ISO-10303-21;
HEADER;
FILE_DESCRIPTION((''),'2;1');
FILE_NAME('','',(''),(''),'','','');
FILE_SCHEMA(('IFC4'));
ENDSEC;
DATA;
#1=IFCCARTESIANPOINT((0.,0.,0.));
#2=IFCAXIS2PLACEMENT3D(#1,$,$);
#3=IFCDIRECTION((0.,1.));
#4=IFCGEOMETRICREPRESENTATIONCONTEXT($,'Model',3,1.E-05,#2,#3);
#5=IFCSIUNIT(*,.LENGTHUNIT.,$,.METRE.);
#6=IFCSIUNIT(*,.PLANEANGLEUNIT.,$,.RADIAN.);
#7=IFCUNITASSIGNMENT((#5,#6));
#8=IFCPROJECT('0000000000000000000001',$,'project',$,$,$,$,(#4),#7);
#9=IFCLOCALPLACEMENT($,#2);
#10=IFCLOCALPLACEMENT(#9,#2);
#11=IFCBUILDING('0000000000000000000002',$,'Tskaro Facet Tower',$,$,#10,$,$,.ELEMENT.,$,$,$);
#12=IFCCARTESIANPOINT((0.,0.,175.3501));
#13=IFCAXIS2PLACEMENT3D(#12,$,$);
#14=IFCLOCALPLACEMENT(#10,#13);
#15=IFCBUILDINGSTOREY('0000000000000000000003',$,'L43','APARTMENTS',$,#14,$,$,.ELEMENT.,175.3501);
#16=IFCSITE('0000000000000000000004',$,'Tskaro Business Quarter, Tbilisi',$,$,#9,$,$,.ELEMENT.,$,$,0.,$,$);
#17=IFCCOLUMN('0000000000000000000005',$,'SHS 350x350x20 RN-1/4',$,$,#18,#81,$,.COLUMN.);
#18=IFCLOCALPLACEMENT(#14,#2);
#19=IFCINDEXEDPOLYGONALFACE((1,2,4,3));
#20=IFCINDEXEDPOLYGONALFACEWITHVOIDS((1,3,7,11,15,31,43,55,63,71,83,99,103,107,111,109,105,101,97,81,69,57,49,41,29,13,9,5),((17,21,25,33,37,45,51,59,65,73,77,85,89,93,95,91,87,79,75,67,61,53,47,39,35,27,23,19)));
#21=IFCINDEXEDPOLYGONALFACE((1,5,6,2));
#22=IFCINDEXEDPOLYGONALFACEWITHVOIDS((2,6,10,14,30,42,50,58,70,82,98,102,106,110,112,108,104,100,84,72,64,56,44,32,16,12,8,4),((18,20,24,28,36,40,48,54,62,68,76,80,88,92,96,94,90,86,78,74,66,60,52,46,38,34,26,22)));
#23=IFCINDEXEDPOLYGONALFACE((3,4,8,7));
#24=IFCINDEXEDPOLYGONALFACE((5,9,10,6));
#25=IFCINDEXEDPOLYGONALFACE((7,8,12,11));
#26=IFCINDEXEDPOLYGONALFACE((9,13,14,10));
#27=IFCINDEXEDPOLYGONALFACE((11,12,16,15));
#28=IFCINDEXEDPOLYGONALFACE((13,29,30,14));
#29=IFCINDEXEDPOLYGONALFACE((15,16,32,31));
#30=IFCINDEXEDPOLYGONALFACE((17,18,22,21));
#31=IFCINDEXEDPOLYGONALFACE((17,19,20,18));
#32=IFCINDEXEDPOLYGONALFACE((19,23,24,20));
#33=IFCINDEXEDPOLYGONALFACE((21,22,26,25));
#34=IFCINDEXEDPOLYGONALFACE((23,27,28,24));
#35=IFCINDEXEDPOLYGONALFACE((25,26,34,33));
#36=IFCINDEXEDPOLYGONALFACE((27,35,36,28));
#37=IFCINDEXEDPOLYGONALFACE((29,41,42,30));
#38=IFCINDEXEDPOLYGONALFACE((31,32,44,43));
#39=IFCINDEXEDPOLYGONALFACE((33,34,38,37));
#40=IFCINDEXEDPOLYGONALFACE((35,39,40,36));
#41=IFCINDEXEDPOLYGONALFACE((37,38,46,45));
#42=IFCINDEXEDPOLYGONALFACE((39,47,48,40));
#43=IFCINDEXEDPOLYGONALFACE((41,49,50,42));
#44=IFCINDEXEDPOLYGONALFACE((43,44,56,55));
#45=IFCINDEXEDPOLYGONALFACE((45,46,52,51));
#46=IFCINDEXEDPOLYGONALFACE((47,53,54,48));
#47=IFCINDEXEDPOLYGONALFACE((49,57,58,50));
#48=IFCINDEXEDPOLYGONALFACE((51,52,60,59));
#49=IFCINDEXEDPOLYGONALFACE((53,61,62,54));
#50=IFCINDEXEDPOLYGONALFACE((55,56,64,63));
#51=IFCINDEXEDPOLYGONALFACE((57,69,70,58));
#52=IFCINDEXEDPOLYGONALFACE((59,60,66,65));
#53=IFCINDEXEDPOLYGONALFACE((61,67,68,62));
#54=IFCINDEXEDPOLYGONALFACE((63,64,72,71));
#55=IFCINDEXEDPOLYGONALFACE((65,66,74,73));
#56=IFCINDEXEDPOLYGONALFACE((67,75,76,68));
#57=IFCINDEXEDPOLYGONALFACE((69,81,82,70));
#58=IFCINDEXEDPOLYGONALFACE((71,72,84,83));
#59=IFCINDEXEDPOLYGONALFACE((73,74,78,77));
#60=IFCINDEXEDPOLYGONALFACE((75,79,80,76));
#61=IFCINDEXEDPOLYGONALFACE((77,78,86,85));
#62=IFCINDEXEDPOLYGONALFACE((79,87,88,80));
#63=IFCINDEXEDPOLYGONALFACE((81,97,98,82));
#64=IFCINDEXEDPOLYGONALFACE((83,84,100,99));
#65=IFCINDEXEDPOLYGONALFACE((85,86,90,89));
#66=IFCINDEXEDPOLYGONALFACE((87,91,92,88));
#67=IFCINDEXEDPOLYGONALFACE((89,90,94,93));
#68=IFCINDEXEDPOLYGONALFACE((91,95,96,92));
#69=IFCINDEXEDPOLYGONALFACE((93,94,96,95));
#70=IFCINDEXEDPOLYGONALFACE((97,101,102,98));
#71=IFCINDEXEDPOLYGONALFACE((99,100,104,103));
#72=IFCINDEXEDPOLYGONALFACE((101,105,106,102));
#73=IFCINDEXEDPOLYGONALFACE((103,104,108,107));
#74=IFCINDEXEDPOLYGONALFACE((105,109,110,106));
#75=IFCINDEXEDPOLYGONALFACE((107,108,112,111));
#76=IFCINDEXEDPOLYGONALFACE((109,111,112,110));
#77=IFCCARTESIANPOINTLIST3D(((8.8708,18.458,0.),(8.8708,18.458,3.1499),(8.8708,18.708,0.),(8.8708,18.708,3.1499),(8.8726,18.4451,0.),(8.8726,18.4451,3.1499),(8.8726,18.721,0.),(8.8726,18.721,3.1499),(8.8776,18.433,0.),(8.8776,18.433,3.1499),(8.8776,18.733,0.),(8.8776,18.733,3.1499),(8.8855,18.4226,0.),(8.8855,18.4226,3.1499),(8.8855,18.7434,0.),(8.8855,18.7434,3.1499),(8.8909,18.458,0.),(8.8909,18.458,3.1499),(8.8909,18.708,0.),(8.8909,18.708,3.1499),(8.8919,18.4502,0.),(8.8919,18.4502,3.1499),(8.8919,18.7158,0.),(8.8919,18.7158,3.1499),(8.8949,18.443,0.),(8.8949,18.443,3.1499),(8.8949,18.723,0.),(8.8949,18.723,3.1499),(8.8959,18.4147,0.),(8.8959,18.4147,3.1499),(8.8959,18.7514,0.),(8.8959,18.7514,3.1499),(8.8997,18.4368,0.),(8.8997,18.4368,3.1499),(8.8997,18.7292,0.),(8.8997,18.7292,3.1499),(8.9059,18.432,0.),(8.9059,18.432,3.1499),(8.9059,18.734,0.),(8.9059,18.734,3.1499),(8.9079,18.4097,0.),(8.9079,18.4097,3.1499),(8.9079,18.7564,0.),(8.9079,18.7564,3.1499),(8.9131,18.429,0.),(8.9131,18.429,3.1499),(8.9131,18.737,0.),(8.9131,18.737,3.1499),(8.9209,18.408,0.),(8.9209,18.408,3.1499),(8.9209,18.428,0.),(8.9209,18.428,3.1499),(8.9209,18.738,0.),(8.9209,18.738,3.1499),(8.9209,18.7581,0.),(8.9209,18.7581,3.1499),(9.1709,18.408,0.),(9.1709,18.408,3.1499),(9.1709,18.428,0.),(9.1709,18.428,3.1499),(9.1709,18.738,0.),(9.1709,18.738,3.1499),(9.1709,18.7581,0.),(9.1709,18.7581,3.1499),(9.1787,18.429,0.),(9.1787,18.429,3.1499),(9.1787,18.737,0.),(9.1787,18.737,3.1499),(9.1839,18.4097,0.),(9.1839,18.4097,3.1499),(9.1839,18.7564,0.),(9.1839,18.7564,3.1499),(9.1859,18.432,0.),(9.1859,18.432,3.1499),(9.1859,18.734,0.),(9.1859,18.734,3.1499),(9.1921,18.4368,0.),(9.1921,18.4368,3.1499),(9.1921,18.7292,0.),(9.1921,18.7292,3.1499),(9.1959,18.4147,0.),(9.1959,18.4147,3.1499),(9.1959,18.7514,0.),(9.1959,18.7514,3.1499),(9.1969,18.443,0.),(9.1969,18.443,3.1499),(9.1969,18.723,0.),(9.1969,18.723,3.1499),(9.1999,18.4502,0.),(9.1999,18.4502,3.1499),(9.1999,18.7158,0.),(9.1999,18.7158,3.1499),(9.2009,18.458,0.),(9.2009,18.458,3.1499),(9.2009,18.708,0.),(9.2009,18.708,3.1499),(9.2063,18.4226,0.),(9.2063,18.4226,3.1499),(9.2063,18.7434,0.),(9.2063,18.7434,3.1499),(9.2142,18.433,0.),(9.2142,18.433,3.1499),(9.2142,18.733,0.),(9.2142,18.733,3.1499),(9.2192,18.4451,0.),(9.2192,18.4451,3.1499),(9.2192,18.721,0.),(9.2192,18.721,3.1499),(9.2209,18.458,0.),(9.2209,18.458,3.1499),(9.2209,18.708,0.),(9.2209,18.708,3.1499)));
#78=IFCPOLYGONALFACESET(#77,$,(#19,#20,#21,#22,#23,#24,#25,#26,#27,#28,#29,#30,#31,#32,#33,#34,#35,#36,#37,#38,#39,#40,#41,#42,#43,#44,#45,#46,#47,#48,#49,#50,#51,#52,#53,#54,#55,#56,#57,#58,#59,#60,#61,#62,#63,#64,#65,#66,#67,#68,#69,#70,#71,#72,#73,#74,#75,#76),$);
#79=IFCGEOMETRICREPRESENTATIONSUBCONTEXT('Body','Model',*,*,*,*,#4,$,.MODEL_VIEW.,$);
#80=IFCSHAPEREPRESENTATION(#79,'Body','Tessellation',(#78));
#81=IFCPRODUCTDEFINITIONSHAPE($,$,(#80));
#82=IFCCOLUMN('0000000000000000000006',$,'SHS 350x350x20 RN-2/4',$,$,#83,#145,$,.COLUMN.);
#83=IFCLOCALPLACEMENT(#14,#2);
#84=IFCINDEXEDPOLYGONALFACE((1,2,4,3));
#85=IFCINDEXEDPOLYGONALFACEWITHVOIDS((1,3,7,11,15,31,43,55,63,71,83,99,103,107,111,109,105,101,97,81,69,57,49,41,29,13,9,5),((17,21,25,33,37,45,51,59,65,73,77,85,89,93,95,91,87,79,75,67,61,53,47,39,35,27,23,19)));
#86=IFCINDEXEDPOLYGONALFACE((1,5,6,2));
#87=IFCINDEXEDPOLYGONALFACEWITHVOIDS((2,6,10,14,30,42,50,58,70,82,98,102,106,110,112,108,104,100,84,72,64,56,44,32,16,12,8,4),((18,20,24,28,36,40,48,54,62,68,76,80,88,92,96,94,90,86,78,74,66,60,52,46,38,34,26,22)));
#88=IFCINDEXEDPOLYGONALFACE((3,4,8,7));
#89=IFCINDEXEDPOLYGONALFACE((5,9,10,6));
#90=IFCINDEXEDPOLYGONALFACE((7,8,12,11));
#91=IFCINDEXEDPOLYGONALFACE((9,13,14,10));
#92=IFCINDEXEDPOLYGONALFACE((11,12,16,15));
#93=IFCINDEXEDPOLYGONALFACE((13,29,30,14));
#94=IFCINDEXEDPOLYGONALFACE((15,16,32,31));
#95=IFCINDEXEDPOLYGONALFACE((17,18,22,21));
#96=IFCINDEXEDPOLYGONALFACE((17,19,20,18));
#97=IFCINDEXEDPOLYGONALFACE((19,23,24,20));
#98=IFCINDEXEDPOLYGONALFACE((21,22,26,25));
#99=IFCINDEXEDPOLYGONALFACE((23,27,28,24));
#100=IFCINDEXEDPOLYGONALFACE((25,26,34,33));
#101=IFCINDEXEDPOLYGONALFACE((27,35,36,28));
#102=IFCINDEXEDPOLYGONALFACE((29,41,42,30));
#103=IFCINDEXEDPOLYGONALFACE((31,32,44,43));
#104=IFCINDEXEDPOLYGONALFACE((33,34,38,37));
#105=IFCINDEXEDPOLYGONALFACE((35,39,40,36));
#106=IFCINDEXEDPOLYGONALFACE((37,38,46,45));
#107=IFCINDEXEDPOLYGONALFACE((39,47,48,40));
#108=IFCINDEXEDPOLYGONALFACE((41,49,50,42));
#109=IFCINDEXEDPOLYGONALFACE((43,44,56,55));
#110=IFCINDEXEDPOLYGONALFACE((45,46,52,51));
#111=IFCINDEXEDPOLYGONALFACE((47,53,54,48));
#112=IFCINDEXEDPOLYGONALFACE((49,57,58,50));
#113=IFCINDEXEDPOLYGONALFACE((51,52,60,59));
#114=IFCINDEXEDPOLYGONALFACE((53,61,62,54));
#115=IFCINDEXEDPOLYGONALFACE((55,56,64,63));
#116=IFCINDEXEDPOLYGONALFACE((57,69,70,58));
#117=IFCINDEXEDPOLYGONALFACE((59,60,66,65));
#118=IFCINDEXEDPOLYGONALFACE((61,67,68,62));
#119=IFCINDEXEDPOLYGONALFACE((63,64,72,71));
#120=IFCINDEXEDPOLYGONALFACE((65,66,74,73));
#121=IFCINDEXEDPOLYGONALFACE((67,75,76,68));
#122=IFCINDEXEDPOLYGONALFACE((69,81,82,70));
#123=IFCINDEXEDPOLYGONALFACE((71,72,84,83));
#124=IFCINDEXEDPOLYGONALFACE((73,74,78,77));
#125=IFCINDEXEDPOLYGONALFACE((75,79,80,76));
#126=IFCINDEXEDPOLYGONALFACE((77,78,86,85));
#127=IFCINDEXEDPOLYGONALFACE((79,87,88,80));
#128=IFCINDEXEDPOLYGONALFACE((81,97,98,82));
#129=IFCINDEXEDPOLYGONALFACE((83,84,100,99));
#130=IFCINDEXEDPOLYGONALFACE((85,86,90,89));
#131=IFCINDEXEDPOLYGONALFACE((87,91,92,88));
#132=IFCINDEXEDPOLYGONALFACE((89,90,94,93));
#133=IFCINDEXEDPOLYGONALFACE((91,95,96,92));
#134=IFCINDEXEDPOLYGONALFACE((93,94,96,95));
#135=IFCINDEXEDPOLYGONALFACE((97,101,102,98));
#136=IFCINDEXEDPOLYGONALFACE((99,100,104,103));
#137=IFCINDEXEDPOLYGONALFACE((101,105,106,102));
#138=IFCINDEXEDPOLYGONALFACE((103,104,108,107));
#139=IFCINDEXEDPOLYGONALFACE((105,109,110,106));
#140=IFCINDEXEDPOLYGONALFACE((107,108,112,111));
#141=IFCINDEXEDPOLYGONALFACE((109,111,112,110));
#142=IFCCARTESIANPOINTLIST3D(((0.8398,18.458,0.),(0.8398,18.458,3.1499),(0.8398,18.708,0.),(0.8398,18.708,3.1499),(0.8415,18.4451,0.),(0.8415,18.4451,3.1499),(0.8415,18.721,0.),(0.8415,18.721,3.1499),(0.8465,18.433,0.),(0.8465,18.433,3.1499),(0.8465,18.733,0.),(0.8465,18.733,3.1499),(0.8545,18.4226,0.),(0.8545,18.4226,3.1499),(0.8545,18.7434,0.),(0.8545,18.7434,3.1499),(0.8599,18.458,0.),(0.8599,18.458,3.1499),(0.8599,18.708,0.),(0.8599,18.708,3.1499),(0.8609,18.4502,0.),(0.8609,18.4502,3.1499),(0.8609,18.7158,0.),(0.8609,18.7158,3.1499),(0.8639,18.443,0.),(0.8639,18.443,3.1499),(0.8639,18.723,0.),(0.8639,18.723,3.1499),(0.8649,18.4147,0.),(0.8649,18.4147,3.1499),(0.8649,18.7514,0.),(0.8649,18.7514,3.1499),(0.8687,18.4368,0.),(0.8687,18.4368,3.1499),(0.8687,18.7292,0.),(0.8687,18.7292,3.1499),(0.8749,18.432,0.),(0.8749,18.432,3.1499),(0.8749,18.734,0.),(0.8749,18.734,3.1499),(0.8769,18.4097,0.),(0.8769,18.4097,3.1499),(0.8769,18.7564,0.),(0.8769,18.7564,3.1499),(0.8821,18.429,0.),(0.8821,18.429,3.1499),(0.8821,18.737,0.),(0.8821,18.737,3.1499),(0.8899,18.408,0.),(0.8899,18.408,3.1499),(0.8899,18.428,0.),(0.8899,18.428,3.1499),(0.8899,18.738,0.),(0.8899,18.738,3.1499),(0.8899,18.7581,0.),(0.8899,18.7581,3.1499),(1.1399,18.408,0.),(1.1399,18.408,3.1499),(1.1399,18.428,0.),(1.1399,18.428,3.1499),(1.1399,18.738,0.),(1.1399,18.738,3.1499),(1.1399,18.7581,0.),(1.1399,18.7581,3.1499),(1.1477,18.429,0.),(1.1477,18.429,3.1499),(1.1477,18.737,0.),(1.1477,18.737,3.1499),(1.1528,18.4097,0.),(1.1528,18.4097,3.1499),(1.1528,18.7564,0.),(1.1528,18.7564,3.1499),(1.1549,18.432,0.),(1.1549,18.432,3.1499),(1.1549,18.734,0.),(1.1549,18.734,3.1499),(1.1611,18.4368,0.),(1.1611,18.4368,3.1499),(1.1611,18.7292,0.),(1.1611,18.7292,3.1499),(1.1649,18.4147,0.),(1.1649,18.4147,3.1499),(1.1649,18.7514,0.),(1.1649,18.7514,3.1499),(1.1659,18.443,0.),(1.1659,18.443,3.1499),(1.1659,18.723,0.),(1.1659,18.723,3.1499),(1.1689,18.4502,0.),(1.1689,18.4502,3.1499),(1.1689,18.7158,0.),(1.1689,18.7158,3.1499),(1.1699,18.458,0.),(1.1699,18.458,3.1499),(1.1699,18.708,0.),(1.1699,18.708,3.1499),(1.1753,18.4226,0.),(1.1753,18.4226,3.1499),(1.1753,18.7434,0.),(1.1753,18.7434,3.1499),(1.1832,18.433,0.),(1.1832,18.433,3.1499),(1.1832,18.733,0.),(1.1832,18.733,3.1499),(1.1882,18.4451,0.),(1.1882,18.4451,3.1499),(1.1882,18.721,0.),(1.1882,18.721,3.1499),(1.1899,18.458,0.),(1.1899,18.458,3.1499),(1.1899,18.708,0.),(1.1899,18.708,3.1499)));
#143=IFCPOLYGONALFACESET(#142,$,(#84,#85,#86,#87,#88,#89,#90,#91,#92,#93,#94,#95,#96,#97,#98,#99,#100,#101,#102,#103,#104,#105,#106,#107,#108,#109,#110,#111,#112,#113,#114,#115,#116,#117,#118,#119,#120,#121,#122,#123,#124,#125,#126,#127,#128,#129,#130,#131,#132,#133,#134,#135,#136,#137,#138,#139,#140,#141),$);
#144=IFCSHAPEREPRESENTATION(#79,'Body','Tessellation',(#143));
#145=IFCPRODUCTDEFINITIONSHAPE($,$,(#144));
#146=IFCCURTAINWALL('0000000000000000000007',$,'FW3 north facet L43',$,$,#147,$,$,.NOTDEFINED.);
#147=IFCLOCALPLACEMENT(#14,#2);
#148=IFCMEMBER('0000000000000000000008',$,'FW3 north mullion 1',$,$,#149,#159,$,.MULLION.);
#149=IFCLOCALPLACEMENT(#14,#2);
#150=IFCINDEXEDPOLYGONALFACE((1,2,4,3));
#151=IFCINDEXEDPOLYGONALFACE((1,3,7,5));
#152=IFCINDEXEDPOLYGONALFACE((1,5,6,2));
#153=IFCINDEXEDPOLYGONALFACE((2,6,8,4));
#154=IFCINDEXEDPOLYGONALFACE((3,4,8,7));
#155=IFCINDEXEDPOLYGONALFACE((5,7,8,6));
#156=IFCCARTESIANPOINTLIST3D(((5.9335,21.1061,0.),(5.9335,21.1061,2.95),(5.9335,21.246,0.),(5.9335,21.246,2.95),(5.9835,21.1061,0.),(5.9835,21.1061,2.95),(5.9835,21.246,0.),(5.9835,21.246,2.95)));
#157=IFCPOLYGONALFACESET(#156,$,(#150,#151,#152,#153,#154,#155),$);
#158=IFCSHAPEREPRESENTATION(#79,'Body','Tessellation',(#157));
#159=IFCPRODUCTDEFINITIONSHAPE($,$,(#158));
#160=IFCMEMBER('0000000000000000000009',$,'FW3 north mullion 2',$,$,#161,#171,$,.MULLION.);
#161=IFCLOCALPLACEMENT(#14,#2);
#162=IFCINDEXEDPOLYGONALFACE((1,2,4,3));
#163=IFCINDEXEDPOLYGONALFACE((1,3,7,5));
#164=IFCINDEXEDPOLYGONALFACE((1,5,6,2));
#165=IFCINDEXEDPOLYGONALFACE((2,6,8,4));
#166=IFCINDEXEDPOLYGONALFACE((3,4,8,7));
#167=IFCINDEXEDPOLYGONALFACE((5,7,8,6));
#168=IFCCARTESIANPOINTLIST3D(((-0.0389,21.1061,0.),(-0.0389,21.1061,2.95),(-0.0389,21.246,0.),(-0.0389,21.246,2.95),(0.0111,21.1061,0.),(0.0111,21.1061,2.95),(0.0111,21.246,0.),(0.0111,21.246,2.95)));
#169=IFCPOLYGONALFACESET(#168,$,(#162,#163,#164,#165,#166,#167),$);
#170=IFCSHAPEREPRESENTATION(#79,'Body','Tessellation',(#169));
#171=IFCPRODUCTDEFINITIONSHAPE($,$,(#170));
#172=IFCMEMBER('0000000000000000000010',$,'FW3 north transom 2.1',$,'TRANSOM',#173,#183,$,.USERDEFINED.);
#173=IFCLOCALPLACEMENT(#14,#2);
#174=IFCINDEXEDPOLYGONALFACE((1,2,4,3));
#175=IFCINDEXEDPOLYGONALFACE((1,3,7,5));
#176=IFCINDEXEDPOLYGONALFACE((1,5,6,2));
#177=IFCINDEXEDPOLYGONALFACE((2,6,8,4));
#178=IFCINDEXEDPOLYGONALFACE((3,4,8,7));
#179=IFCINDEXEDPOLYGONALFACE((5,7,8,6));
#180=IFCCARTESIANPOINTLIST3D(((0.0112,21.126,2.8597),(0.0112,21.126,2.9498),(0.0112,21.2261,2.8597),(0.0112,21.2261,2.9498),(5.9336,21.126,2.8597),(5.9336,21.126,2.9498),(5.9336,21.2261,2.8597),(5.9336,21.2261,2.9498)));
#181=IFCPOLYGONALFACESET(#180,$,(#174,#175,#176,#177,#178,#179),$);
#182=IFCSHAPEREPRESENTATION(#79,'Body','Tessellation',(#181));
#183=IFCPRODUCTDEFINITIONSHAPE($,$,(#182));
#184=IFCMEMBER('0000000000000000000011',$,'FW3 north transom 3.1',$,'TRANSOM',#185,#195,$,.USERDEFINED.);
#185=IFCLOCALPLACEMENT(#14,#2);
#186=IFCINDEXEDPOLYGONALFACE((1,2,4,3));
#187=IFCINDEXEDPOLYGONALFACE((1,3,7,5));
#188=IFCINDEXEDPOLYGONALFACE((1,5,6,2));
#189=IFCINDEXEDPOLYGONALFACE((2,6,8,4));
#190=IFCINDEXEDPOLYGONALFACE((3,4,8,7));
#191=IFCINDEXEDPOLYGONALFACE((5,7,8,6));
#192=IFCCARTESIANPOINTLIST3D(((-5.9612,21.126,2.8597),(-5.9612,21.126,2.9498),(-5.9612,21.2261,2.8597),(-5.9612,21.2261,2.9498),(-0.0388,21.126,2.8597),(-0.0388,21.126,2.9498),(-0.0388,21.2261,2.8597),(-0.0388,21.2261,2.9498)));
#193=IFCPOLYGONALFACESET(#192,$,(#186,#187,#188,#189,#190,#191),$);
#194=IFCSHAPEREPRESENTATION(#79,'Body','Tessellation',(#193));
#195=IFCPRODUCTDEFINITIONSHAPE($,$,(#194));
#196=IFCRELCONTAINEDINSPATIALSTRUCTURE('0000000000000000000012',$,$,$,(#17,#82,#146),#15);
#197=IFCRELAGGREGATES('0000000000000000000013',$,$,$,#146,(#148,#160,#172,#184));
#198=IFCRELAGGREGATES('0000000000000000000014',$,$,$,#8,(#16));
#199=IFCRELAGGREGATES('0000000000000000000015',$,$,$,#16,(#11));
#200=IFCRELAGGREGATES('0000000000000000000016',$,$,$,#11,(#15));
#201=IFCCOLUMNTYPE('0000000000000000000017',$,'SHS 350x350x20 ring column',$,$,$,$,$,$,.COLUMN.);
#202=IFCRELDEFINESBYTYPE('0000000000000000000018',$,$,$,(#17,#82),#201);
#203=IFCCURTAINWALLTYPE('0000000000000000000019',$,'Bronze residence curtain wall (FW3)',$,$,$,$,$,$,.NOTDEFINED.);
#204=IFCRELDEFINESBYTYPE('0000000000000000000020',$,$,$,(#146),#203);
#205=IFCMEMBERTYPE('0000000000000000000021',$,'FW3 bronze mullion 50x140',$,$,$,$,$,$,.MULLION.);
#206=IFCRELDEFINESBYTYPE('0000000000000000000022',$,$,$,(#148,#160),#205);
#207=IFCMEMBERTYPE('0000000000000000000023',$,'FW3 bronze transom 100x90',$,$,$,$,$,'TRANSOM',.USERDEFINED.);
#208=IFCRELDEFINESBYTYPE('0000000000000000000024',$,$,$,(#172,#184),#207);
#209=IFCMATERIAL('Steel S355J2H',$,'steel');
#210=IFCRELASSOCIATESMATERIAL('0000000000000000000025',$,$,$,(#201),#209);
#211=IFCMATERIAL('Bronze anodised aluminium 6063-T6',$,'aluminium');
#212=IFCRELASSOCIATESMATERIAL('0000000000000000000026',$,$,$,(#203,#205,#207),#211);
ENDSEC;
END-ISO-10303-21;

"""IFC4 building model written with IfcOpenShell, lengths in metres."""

from ifc_helpers import new_model, si_unit, direction, frame, origin, origin_2d, place, context, subcontext, project, spatial, rectangle, hollow_rectangle, extrude, material, material_profile, profile_set, type_object, element, aggregate, save


model = new_model("IFC4")

# Units and contexts
model_context = context("Model", 3, precision=1e-05, world=origin(), true_north=direction((0.0, 1.0)))
body_context = subcontext(model_context, "Body", "Model", "MODEL_VIEW")
ifc_project = project(units=[si_unit("LENGTHUNIT", "METRE"), si_unit("PLANEANGLEUNIT", "RADIAN")], contexts=[model_context])

# Site, building, storey
site_placement = place(None, origin())
site = spatial("IfcSite", under=ifc_project, at=site_placement, Name="Tskaro Business Quarter, Tbilisi", CompositionType="ELEMENT", RefElevation=0.0)
building_placement = place(site_placement, origin())
building = spatial("IfcBuilding", under=site, at=building_placement, Name="Tskaro Facet Tower", CompositionType="ELEMENT")
storey_placement = place(building_placement, frame((0.0, 0.0, 175.3501)))
storey = spatial("IfcBuildingStorey", under=building, at=storey_placement, Name="L43", Description="APARTMENTS", CompositionType="ELEMENT", Elevation=175.3501)

# Columns
ifc_material_1 = material(Name="Steel S355J2H", Category="steel")
ifc_material_profile_1 = material_profile(ifc_material_1, hollow_rectangle(XDim=0.3501, YDim=0.3501, WallThickness=0.02, InnerFilletRadius=0.03, OuterFilletRadius=0.05, at=origin_2d()), Name="SHS 350x350x20")
ifc_profile_set_1 = profile_set([ifc_material_profile_1], Name="Steel S355J2H")
column_type = type_object("IfcColumnType", Name="SHS 350x350x20 ring column", PredefinedType="COLUMN", material=ifc_profile_set_1)
for number, where, z_axis, x_axis, name in (
    (1, (9.0459, 18.583, 0.0), (0.0, 0.0, 1.0), (1.0, 0.0, 0.0), "SHS 350x350x20 RN-1/4"),
    (2, (1.0149, 18.583, 0.0), (0.0, 0.0, 1.0), (1.0, 0.0, 0.0), "SHS 350x350x20 RN-2/4"),
):
    element("IfcColumn", number, at=place(storey_placement, frame(where, z_axis=z_axis, x_axis=x_axis)), inside=storey, type_object=column_type, Name=name, PredefinedType="COLUMN", context=body_context, shape_type="SweptSolid", body=[
        extrude(hollow_rectangle(XDim=0.3501, YDim=0.3501, WallThickness=0.02, InnerFilletRadius=0.03, OuterFilletRadius=0.05, at=origin_2d()), origin(), (0.0, 0.0, 1.0), 3.1499),
    ])

# Curtain wall, members
ifc_material_2 = material(Name="Bronze anodised aluminium 6063-T6", Category="aluminium")
curtain_wall_type = type_object("IfcCurtainWallType", Name="Bronze residence curtain wall (FW3)", PredefinedType="NOTDEFINED", material=ifc_material_2)
curtain_wall_placement = place(storey_placement, origin())
curtain_wall = element("IfcCurtainWall", 3, at=curtain_wall_placement, inside=storey, type_object=curtain_wall_type, Name="FW3 north facet L43", PredefinedType="NOTDEFINED")
ifc_material_profile_2 = material_profile(ifc_material_2, rectangle(XDim=0.05, YDim=0.1399, at=origin_2d()), Name="Mullion 50x140")
ifc_profile_set_2 = profile_set([ifc_material_profile_2], Name="Bronze anodised aluminium 6063-T6")
member_type_1 = type_object("IfcMemberType", Name="FW3 bronze mullion 50x140", PredefinedType="MULLION", material=ifc_profile_set_2)
member_1_placement = place(storey_placement, frame((5.9585, 21.176, 0.0), z_axis=(0.0, 0.0, 1.0), x_axis=(-1.0, 0.0, 0.0)))
member_1 = element("IfcMember", 4, at=member_1_placement, type_object=member_type_1, Name="FW3 north mullion 1", PredefinedType="MULLION", context=body_context, shape_type="SweptSolid", body=[
    extrude(rectangle(XDim=0.05, YDim=0.1399, at=origin_2d()), origin(), (0.0, 0.0, 1.0), 2.95),
])
member_2_placement = place(storey_placement, frame((-0.0139, 21.176, 0.0), z_axis=(0.0, 0.0, 1.0), x_axis=(-1.0, 0.0, 0.0)))
member_2 = element("IfcMember", 5, at=member_2_placement, type_object=member_type_1, Name="FW3 north mullion 2", PredefinedType="MULLION", context=body_context, shape_type="SweptSolid", body=[
    extrude(rectangle(XDim=0.05, YDim=0.1399, at=origin_2d()), origin(), (0.0, 0.0, 1.0), 2.95),
])
ifc_material_profile_3 = material_profile(ifc_material_2, rectangle(XDim=0.1001, YDim=0.0901, at=origin_2d()), Name="Transom 100x90")
ifc_profile_set_3 = profile_set([ifc_material_profile_3], Name="Bronze anodised aluminium 6063-T6")
member_type_2 = type_object("IfcMemberType", Name="FW3 bronze transom 100x90", ElementType="TRANSOM", PredefinedType="USERDEFINED", material=ifc_profile_set_3)
member_3_placement = place(storey_placement, frame((5.9336, 21.176, 2.9048), z_axis=(-1.0, 0.0, 0.0), x_axis=(0.0, -1.0, 0.0)))
member_3 = element("IfcMember", 6, at=member_3_placement, type_object=member_type_2, Name="FW3 north transom 2.1", ObjectType="TRANSOM", PredefinedType="USERDEFINED", context=body_context, shape_type="SweptSolid", body=[
    extrude(rectangle(XDim=0.1001, YDim=0.0901, at=origin_2d()), origin(), (0.0, 0.0, 1.0), 5.9224),
])
member_4_placement = place(storey_placement, frame((-0.0388, 21.176, 2.9048), z_axis=(-1.0, 0.0, 0.0), x_axis=(0.0, -1.0, 0.0)))
member_4 = element("IfcMember", 7, at=member_4_placement, type_object=member_type_2, Name="FW3 north transom 3.1", ObjectType="TRANSOM", PredefinedType="USERDEFINED", context=body_context, shape_type="SweptSolid", body=[
    extrude(rectangle(XDim=0.1001, YDim=0.0901, at=origin_2d()), origin(), (0.0, 0.0, 1.0), 5.9224),
])

aggregate(curtain_wall, [member_1, member_2, member_3, member_4])

save(model, "model.ifc")
